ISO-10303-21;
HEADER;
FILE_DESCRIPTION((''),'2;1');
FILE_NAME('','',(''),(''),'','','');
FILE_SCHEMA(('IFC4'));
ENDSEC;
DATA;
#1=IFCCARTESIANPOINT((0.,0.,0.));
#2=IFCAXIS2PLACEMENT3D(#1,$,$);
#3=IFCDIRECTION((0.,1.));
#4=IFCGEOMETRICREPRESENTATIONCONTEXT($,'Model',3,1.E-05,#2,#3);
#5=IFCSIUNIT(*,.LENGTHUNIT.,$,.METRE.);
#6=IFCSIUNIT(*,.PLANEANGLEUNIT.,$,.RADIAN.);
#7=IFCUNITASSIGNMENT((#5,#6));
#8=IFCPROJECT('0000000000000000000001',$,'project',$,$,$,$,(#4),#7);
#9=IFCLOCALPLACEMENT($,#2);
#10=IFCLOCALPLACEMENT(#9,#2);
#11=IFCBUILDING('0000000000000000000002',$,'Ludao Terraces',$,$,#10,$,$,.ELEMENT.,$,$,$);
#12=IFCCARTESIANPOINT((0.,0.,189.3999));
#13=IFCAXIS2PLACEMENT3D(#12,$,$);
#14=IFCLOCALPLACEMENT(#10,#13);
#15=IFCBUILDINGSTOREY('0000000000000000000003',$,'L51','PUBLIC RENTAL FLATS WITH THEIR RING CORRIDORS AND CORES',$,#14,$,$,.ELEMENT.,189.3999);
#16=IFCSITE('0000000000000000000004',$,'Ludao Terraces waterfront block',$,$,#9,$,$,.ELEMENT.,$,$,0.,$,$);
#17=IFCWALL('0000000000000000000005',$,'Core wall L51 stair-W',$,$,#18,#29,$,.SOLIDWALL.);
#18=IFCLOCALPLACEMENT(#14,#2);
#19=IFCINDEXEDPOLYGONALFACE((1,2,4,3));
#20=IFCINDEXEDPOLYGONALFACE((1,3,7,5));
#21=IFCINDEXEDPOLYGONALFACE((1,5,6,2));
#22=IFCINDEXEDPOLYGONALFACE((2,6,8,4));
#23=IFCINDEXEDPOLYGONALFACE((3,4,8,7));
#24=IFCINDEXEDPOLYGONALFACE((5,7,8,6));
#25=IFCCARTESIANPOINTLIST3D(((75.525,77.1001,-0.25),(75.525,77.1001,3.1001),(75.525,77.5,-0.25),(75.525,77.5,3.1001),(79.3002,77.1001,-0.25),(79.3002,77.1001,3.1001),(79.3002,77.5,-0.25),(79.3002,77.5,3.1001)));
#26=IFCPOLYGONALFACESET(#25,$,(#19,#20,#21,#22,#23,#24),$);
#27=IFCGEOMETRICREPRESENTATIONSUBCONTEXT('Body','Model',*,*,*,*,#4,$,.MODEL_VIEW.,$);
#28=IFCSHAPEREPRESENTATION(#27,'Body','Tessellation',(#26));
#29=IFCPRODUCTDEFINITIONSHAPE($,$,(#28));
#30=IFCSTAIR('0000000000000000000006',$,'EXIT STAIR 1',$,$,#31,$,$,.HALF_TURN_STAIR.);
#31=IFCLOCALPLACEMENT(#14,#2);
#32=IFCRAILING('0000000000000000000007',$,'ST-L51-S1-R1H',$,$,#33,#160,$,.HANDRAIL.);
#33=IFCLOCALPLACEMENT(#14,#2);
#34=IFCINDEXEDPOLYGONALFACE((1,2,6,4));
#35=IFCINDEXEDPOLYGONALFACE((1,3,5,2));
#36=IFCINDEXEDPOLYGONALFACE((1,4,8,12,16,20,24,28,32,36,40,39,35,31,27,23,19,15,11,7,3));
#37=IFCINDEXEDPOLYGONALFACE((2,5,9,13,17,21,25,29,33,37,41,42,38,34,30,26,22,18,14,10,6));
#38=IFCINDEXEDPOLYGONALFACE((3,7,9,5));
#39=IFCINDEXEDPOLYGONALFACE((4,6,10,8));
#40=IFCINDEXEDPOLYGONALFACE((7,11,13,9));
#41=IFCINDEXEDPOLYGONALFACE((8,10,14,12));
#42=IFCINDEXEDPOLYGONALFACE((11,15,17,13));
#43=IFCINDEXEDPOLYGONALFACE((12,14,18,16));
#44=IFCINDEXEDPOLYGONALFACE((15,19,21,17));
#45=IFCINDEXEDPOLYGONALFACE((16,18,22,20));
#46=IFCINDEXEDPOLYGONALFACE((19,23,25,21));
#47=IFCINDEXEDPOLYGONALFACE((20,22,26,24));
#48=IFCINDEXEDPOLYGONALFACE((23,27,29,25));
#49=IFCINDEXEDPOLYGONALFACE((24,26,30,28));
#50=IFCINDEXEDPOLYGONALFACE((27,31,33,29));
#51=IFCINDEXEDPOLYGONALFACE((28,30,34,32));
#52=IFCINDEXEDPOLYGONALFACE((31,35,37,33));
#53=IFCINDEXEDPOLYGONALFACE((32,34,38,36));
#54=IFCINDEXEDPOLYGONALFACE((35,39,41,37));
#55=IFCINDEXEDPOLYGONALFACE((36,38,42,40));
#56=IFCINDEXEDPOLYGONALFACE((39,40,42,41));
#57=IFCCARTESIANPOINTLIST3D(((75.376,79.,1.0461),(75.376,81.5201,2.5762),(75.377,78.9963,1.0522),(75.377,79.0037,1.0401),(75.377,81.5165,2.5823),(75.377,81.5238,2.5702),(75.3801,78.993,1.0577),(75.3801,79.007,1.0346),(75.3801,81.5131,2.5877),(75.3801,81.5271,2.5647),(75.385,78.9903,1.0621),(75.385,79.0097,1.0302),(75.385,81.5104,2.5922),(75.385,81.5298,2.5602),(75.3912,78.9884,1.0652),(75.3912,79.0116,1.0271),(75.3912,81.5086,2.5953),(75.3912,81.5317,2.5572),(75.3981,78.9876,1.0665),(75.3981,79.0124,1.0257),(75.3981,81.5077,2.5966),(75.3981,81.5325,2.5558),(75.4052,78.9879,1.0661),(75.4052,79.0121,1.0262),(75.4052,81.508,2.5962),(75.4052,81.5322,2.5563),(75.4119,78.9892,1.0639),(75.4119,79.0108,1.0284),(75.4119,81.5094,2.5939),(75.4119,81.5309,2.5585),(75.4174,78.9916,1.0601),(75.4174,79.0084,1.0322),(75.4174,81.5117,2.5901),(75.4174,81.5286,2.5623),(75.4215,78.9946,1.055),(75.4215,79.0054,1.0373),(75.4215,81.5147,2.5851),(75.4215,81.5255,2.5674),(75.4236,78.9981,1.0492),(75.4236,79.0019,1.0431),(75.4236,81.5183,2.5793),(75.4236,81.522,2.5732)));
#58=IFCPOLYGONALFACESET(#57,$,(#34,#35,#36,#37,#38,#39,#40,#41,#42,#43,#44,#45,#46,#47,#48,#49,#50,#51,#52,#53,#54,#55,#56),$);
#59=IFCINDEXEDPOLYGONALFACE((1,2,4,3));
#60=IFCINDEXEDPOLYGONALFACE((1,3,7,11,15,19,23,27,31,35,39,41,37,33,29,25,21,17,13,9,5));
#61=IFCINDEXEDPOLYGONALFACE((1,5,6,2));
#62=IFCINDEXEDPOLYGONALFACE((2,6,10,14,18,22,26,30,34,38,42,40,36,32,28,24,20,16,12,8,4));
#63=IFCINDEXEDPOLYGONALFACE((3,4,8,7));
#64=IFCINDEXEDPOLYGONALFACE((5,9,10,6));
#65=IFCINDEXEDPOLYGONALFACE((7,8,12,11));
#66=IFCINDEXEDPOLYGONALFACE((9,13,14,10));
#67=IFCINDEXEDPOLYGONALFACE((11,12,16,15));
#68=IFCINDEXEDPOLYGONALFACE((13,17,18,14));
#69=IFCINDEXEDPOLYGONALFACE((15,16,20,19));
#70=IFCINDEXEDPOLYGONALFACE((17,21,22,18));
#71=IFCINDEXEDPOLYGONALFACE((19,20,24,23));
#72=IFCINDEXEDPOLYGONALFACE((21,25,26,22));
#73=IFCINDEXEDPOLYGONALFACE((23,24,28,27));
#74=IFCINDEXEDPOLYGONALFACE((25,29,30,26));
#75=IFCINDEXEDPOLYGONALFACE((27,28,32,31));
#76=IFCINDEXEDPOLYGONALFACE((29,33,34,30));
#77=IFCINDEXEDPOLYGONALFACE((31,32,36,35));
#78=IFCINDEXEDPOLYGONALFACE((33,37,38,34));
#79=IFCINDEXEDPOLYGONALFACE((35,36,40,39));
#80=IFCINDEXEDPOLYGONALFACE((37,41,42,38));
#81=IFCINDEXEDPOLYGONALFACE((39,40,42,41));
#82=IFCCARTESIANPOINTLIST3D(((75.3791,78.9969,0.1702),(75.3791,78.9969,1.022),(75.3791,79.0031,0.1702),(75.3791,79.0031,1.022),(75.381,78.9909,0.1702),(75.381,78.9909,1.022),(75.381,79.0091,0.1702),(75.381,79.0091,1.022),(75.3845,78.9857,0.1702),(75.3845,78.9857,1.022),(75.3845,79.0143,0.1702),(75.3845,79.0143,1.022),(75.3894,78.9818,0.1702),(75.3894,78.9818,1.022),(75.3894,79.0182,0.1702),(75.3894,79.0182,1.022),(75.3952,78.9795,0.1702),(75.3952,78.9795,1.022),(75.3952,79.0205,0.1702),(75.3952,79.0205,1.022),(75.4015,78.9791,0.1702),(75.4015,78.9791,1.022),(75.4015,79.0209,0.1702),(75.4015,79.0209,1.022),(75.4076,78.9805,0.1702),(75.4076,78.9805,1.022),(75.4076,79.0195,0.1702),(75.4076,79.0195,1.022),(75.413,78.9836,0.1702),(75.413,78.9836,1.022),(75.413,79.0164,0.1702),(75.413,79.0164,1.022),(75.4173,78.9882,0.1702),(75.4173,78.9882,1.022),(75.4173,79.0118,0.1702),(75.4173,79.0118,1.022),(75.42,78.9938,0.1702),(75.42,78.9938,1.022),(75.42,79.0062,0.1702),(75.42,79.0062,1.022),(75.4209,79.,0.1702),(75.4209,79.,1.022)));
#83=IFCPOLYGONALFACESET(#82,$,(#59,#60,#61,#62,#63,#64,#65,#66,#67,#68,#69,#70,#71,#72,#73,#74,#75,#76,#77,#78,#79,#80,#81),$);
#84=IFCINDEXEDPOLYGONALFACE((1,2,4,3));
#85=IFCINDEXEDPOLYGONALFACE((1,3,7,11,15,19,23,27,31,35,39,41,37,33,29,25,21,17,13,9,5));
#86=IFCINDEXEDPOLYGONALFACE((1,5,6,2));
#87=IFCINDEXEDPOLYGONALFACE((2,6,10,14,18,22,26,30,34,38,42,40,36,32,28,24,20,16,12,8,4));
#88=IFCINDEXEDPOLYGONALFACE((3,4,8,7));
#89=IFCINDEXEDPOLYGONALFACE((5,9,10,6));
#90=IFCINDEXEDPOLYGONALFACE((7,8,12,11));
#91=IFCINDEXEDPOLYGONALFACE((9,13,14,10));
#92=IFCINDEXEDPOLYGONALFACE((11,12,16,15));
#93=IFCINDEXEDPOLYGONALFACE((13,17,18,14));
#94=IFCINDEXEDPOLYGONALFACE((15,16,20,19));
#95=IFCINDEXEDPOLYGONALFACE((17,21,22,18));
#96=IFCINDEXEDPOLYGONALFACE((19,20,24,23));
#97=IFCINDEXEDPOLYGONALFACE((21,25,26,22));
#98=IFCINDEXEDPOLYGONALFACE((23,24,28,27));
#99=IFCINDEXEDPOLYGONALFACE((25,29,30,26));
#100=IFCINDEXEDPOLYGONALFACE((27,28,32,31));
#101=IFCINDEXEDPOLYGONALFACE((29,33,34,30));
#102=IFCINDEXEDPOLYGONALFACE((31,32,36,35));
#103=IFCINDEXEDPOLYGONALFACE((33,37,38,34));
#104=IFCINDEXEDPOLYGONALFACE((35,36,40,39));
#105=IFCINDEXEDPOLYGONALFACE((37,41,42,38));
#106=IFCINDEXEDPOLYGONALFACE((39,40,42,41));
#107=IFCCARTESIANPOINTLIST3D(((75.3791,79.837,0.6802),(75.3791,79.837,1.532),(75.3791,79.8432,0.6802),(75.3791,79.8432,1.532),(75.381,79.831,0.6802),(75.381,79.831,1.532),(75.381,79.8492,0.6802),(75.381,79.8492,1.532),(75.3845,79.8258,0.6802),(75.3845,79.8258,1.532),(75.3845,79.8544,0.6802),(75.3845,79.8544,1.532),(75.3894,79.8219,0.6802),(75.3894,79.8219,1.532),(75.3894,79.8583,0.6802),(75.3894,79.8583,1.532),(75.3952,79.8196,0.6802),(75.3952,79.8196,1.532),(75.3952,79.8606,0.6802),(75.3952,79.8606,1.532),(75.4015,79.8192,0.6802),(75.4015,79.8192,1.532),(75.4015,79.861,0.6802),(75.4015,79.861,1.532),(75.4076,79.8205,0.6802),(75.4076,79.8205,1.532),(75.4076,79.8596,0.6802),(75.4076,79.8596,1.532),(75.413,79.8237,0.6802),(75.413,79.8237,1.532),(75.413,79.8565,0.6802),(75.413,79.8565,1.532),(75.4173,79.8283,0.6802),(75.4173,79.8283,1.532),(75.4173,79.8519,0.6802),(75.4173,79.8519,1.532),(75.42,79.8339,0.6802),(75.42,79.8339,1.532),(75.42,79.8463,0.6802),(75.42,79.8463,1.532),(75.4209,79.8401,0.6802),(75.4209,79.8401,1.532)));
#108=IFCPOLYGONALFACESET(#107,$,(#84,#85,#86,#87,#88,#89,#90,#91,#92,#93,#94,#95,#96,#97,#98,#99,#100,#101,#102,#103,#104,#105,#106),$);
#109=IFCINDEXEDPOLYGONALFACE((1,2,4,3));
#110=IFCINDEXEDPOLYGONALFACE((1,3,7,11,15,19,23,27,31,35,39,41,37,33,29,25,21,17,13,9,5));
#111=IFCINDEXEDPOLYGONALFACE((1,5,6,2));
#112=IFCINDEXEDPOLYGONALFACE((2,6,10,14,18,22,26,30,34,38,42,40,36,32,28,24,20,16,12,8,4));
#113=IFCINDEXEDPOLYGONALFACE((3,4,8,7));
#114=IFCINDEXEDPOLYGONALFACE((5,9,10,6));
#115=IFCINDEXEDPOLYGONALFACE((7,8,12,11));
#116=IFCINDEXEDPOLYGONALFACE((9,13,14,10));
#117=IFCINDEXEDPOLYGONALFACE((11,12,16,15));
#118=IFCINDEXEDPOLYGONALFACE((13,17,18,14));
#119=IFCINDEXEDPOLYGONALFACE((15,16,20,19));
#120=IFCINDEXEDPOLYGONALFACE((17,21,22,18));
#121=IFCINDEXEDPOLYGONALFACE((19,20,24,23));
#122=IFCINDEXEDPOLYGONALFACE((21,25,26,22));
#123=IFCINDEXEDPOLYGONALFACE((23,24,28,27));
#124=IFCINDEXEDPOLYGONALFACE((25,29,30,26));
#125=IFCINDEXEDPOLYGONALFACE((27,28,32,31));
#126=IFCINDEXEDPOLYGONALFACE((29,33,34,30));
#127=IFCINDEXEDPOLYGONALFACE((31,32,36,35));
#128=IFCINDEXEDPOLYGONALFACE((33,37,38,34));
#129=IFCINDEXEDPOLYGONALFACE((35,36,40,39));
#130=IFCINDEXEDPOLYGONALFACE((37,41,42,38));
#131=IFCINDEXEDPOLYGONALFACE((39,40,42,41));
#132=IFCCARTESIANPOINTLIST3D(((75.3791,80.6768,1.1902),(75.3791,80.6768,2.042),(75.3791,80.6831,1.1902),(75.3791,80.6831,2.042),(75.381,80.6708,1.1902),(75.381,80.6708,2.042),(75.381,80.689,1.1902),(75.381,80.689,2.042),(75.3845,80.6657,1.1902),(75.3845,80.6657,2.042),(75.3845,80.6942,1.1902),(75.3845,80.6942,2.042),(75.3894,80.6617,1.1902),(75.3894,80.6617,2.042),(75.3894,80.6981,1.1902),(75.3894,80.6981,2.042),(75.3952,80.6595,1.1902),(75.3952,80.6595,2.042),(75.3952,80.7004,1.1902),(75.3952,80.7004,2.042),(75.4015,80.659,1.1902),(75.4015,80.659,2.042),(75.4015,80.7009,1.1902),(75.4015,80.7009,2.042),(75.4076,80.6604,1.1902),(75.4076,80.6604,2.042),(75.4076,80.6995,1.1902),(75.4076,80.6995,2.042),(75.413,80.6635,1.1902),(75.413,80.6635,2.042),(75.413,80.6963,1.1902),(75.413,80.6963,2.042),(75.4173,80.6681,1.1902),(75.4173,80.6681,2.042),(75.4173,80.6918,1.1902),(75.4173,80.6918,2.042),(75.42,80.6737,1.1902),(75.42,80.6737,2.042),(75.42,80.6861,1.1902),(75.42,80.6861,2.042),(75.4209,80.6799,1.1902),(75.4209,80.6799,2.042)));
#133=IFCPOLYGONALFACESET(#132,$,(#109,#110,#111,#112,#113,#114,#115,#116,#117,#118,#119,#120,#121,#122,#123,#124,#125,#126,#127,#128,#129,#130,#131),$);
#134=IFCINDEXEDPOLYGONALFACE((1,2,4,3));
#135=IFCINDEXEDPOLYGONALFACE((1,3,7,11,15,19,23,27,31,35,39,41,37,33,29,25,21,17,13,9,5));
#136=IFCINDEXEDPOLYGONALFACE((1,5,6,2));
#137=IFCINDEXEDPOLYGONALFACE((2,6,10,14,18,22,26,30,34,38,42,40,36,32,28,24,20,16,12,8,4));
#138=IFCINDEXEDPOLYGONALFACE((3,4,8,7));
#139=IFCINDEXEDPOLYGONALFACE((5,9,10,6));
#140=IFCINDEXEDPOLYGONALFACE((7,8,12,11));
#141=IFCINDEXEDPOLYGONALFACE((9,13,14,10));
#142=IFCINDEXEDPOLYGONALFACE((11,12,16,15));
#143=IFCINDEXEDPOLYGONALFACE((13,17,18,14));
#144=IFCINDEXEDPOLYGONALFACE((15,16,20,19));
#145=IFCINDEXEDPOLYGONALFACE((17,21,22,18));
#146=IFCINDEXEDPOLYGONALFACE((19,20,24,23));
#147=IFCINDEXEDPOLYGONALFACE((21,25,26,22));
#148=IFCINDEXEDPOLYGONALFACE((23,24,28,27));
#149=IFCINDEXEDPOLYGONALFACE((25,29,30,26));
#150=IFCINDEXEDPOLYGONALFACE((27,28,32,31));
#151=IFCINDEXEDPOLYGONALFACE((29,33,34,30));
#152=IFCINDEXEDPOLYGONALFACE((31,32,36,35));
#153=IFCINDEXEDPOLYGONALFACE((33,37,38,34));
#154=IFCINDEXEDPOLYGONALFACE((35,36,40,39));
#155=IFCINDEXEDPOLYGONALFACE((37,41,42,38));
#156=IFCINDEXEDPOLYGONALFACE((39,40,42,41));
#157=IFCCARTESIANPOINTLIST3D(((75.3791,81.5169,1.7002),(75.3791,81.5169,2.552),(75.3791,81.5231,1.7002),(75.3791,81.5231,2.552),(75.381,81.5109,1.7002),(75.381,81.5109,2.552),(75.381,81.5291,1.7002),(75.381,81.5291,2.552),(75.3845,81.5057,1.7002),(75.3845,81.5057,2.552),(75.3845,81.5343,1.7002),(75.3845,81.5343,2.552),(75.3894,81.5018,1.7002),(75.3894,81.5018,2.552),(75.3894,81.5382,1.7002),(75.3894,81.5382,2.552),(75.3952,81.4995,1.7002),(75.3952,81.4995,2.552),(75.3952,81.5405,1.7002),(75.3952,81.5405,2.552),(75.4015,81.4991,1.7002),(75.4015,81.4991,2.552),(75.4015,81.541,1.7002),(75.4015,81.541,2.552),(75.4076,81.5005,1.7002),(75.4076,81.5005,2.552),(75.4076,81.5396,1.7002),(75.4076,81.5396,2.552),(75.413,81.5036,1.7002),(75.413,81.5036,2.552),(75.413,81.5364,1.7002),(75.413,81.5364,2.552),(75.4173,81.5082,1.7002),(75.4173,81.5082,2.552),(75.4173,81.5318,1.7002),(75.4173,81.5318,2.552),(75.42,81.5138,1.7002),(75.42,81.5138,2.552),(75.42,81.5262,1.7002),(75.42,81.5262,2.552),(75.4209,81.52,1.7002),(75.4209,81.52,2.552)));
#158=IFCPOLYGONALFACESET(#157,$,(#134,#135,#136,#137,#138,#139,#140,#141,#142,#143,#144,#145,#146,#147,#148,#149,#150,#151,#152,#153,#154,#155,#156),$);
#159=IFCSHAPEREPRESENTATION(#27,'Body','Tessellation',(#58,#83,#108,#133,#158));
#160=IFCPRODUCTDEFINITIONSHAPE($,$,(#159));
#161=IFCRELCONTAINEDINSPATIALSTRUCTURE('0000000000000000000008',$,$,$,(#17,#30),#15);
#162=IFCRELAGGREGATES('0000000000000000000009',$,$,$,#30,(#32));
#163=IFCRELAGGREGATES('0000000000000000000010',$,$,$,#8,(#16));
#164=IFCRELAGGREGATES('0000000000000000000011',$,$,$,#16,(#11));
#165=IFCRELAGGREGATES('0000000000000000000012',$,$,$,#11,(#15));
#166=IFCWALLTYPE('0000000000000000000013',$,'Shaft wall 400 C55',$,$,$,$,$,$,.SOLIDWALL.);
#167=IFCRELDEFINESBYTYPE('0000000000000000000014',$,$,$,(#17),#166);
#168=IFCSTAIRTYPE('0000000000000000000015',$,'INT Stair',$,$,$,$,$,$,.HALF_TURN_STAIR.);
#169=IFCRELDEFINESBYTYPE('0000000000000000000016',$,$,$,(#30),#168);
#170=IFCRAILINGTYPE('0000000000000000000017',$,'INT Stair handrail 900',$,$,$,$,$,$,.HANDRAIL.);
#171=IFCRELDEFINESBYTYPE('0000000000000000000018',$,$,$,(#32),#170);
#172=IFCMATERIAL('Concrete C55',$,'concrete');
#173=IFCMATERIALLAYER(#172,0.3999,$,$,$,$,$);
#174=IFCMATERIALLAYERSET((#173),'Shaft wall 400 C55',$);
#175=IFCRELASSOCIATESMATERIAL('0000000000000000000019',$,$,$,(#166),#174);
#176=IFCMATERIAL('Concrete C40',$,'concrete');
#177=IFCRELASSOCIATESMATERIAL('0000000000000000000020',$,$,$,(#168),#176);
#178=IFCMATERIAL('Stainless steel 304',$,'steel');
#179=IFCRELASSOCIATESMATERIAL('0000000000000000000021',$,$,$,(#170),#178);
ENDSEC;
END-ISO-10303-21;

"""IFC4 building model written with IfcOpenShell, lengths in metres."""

from ifc_helpers import new_model, si_unit, direction, frame, frame_2d, origin, origin_2d, place, context, subcontext, project, spatial, rectangle, circle, extrude, material, layer, layer_set, type_object, element, aggregate, save


model = new_model("IFC4")

# Units and contexts
model_context = context("Model", 3, precision=1e-05, world=origin(), true_north=direction((0.0, 1.0)))
body_context = subcontext(model_context, "Body", "Model", "MODEL_VIEW")
ifc_project = project(units=[si_unit("LENGTHUNIT", "METRE"), si_unit("PLANEANGLEUNIT", "RADIAN")], contexts=[model_context])

# Site, building, storey
site_placement = place(None, origin())
site = spatial("IfcSite", under=ifc_project, at=site_placement, Name="Ludao Terraces waterfront block", CompositionType="ELEMENT", RefElevation=0.0)
building_placement = place(site_placement, origin())
building = spatial("IfcBuilding", under=site, at=building_placement, Name="Ludao Terraces", CompositionType="ELEMENT")
storey_placement = place(building_placement, frame((0.0, 0.0, 189.3999)))
storey = spatial("IfcBuildingStorey", under=building, at=storey_placement, Name="L51", Description="PUBLIC RENTAL FLATS WITH THEIR RING CORRIDORS AND CORES", CompositionType="ELEMENT", Elevation=189.3999)

# Shared definitions
ifc_material_1 = material(Name="Concrete C40", Category="concrete")

# Shared definitions
ifc_material_2 = material(Name="Concrete C55", Category="concrete")

# Shared definitions
ifc_material_3 = material(Name="Stainless steel 304", Category="steel")

# Wall
ifc_layer_1 = layer(ifc_material_2, 0.3999)
ifc_layer_set_1 = layer_set([ifc_layer_1], Name="Shaft wall 400 C55")
wall_type_1 = type_object("IfcWallType", Name="Shaft wall 400 C55", PredefinedType="SOLIDWALL", material=ifc_layer_set_1)
wall_1_placement = place(storey_placement, frame((75.5249, 77.3, -0.25), z_axis=(0.0, 0.0, 1.0), x_axis=(1.0, 0.0, 0.0)))
element("IfcWall", 1, at=wall_1_placement, inside=storey, type_object=wall_type_1, Name="Core wall L51 stair-W", PredefinedType="SOLIDWALL", context=body_context, shape_type="SweptSolid", body=[
    extrude(rectangle(XDim=3.7751, YDim=0.3999, at=frame_2d((1.8877, 0.0))), origin(), (0.0, 0.0, 1.0), 3.3501),
])

# Stair, railing
stair_type = type_object("IfcStairType", Name="INT Stair", PredefinedType="HALF_TURN_STAIR", material=ifc_material_1)
stair_placement = place(storey_placement, origin())
stair = element("IfcStair", 2, at=stair_placement, inside=storey, type_object=stair_type, Name="EXIT STAIR 1", PredefinedType="HALF_TURN_STAIR")
railing_type = type_object("IfcRailingType", Name="INT Stair handrail 900", PredefinedType="HANDRAIL", material=ifc_material_3)
railing_placement = place(storey_placement, frame((75.3999, 79.0, 0.1702)))
railing = element("IfcRailing", 3, at=railing_placement, type_object=railing_type, Name="ST-L51-S1-R1H", PredefinedType="HANDRAIL", context=body_context, shape_type="SweptSolid", body=[
    extrude(circle(Radius=0.0239, at=origin_2d()), frame((0.0, 0.0, 0.876), z_axis=(0.0, 0.854785, 0.518982), x_axis=(-1.0, 0.0, 0.0)), (0.0, 0.0, 1.0), 2.9482),
    extrude(circle(Radius=0.021, at=origin_2d()), origin(), (0.0, 0.0, 1.0), 0.8518),
    extrude(circle(Radius=0.021, at=origin_2d()), frame((0.0, 0.8401, 0.51)), (0.0, 0.0, 1.0), 0.8518),
    extrude(circle(Radius=0.021, at=origin_2d()), frame((0.0, 1.6799, 1.02)), (0.0, 0.0, 1.0), 0.8518),
    extrude(circle(Radius=0.021, at=origin_2d()), frame((0.0, 2.52, 1.53)), (0.0, 0.0, 1.0), 0.8518),
])
aggregate(stair, [railing])

save(model, "model.ifc")
